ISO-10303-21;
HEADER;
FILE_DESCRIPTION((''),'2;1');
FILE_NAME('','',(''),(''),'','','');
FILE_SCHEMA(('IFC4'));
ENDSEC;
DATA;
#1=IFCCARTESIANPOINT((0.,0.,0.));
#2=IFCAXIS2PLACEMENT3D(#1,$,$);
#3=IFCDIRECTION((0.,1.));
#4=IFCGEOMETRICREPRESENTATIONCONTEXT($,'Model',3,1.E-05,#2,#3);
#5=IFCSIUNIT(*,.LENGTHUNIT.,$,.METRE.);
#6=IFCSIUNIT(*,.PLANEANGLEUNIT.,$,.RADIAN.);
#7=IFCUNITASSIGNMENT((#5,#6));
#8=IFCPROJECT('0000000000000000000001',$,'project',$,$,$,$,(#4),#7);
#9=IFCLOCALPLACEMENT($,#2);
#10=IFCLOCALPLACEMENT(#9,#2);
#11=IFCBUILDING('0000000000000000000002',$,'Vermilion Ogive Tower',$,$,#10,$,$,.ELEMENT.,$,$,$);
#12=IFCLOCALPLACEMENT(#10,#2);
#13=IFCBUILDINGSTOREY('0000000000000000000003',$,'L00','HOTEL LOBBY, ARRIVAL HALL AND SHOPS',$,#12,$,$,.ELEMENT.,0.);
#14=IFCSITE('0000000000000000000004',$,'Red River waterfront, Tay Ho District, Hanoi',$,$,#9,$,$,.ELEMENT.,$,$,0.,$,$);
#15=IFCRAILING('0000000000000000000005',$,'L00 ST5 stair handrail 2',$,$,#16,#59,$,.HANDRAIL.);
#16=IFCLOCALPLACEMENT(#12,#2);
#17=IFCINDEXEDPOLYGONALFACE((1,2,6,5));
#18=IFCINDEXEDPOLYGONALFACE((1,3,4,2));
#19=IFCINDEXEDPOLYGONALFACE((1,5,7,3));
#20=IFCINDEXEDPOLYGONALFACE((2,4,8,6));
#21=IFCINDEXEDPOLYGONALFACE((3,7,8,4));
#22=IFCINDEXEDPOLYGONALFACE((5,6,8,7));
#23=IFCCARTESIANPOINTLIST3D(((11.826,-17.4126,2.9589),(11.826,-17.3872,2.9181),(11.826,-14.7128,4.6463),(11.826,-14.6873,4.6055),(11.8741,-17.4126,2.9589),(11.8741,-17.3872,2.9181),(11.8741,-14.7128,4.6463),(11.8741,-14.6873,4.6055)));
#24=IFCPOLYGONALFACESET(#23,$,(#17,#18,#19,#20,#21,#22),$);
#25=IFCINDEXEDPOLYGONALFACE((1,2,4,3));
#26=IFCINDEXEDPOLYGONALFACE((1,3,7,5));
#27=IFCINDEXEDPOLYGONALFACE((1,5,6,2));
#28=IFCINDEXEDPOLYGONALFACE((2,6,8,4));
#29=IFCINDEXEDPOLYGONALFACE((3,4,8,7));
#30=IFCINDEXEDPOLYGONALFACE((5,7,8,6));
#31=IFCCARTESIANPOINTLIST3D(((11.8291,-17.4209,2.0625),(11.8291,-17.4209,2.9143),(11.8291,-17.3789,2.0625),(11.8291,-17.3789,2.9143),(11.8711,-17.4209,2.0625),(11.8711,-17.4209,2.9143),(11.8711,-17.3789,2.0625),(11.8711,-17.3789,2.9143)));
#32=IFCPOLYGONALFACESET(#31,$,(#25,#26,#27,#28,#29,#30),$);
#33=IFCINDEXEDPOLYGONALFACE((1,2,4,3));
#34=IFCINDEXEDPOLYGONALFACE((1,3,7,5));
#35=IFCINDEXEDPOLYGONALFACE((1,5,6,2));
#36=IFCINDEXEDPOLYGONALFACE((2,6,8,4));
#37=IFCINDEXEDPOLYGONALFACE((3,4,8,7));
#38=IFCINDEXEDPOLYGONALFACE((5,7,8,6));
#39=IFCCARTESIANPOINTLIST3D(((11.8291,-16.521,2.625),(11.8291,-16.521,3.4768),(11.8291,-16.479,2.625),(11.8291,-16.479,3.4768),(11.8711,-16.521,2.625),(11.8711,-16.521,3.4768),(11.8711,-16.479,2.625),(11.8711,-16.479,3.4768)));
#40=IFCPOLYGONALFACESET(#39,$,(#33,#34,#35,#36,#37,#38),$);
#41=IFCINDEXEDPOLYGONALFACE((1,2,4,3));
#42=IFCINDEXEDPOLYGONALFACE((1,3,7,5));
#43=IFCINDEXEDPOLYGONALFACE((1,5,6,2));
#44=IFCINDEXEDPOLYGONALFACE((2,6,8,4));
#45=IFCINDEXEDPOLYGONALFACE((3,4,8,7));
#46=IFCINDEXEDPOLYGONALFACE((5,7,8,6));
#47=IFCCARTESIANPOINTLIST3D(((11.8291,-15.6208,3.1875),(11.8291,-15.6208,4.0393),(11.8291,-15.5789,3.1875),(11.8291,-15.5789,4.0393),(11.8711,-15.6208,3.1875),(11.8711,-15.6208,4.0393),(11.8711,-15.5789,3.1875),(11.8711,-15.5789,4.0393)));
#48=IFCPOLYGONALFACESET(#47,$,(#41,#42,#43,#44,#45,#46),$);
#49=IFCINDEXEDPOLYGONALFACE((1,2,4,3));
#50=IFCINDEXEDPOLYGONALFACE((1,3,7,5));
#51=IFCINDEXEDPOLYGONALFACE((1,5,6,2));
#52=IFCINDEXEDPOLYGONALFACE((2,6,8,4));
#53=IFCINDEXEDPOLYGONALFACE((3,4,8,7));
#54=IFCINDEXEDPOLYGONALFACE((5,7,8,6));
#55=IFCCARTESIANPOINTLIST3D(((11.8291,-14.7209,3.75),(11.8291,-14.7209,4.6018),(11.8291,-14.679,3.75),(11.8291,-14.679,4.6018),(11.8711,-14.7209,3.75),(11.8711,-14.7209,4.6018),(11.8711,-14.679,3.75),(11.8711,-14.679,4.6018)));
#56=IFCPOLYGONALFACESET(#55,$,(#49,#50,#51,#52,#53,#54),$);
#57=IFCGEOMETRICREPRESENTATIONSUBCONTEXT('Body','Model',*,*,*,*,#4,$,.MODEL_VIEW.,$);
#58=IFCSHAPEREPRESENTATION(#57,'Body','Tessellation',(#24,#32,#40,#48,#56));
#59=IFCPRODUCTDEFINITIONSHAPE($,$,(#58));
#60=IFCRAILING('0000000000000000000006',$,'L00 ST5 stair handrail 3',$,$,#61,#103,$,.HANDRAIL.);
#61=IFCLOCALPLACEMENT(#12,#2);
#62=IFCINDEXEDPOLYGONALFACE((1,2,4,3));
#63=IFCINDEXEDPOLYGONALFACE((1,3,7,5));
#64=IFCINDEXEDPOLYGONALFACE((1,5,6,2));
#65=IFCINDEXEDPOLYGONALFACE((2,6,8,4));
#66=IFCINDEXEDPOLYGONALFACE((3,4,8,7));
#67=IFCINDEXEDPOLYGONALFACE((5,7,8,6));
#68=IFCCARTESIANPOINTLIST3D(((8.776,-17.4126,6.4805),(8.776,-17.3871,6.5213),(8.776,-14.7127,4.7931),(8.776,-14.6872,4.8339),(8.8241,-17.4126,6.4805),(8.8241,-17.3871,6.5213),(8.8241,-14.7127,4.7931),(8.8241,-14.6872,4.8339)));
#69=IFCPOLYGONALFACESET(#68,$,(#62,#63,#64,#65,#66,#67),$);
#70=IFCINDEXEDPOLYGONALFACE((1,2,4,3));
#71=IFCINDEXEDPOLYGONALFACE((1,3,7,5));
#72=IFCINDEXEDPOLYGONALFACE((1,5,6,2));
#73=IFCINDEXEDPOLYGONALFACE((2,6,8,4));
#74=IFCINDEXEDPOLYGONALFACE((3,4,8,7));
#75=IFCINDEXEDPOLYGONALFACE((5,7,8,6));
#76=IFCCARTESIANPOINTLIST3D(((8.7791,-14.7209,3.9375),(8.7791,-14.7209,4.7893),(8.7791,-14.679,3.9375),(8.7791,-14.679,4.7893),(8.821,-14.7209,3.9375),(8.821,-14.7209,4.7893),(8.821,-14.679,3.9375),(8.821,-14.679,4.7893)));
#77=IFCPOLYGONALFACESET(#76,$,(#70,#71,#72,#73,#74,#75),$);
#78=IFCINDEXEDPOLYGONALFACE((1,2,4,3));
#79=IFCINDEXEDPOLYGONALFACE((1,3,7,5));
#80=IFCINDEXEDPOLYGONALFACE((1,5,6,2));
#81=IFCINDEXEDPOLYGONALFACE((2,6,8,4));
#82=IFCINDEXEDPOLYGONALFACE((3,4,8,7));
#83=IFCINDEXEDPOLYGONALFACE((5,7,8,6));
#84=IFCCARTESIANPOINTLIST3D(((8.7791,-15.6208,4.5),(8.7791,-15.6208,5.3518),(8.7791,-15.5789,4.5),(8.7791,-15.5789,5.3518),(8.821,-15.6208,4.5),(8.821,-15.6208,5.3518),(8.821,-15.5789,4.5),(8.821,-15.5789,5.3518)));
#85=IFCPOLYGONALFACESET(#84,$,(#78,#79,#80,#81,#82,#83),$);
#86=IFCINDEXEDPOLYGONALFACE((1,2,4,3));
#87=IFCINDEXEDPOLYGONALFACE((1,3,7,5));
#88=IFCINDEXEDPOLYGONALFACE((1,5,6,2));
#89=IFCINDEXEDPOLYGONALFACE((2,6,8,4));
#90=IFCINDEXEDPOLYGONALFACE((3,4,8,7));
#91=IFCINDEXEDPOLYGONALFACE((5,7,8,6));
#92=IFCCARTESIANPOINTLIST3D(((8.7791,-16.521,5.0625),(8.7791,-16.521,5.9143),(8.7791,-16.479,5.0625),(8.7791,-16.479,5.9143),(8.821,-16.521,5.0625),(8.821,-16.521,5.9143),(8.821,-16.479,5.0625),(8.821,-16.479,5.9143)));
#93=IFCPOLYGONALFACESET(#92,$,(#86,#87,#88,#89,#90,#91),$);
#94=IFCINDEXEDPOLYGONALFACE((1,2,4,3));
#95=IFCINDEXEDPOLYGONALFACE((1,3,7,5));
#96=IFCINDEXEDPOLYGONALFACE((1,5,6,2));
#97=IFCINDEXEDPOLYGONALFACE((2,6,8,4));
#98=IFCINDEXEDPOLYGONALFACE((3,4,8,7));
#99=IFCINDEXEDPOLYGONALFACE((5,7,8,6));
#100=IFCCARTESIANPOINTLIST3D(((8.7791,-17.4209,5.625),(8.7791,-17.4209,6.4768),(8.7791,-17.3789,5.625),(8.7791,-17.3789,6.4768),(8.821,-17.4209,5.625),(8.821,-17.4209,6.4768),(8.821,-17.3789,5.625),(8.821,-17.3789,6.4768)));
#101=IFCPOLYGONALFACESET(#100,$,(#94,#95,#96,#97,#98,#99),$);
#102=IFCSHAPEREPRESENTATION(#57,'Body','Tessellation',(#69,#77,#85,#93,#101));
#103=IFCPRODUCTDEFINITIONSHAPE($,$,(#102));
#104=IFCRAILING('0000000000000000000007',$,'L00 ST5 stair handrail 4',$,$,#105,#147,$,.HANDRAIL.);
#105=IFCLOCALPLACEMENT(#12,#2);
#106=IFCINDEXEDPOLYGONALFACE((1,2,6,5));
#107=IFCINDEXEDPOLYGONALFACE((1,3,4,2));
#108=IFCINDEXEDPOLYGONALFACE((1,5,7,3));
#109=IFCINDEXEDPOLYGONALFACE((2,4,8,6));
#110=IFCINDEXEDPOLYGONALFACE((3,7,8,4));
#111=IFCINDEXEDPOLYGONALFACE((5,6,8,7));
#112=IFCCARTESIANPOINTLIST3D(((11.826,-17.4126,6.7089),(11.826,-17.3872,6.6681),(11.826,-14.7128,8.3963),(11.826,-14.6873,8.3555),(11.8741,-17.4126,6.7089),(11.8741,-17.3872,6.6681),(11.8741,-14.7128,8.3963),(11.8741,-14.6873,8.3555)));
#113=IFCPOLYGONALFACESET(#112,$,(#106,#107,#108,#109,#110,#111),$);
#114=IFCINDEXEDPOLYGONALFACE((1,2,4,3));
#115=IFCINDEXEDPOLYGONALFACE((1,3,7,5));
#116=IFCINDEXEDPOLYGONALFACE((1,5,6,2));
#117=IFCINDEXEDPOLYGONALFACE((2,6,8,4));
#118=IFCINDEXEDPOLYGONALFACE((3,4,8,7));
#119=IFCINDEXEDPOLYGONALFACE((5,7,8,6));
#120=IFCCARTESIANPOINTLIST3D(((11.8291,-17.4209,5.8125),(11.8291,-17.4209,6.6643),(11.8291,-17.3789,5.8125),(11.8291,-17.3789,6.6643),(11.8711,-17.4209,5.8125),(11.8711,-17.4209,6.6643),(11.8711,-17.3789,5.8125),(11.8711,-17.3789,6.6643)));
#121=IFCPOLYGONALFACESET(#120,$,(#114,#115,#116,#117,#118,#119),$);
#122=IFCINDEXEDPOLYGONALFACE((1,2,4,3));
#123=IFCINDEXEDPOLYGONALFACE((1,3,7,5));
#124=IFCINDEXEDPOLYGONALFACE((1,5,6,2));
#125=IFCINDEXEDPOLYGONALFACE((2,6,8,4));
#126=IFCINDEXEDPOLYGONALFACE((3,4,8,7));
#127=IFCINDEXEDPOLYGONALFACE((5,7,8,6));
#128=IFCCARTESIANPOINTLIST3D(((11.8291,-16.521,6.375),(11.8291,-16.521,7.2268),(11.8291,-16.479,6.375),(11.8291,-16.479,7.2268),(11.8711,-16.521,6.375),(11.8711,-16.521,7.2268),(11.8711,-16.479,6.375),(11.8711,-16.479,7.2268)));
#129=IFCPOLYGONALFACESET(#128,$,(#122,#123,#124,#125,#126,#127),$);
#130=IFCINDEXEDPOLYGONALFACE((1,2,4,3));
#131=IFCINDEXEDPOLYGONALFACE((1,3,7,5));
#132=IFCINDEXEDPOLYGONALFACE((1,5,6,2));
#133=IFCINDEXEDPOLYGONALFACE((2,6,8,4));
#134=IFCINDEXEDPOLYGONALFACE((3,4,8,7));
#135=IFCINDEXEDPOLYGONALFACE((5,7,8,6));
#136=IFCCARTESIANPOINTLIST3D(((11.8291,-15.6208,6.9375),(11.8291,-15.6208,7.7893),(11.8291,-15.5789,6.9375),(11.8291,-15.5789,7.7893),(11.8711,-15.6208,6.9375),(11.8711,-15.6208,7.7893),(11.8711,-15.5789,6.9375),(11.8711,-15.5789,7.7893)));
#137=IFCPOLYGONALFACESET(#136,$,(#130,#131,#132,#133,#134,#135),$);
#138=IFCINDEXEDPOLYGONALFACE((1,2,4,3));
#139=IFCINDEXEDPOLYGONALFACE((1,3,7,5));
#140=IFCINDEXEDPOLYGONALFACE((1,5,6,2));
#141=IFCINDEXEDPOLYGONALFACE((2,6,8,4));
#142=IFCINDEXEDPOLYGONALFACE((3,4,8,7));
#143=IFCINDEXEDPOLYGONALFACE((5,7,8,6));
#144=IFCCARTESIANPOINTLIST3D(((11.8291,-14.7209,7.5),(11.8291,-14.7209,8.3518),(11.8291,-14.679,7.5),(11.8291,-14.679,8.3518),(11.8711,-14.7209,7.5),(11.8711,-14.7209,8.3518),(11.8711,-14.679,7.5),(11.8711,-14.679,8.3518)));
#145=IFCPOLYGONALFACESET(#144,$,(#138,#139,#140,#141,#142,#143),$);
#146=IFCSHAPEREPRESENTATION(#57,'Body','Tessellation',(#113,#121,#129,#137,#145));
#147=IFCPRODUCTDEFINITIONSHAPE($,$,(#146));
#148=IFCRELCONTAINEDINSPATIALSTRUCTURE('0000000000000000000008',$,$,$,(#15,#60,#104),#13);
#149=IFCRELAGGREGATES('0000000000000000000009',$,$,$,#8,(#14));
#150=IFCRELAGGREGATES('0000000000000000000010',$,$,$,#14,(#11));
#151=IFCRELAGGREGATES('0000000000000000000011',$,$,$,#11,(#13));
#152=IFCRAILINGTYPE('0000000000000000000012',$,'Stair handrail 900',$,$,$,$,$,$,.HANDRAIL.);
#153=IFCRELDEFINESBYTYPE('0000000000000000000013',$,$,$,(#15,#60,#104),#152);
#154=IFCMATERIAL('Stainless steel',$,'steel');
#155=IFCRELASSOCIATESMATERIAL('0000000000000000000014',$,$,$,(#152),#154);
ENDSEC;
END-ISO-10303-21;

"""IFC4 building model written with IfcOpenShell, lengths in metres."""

from ifc_helpers import new_model, si_unit, direction, frame, origin, origin_2d, place, context, subcontext, project, spatial, rectangle, extrude, material, type_object, element, save


model = new_model("IFC4")

# Units and contexts
model_context = context("Model", 3, precision=1e-05, world=origin(), true_north=direction((0.0, 1.0)))
body_context = subcontext(model_context, "Body", "Model", "MODEL_VIEW")
ifc_project = project(units=[si_unit("LENGTHUNIT", "METRE"), si_unit("PLANEANGLEUNIT", "RADIAN")], contexts=[model_context])

# Site, building, storey
site_placement = place(None, origin())
site = spatial("IfcSite", under=ifc_project, at=site_placement, Name="Red River waterfront, Tay Ho District, Hanoi", CompositionType="ELEMENT", RefElevation=0.0)
building_placement = place(site_placement, origin())
building = spatial("IfcBuilding", under=site, at=building_placement, Name="Vermilion Ogive Tower", CompositionType="ELEMENT")
storey_placement = place(building_placement, origin())
storey = spatial("IfcBuildingStorey", under=building, at=storey_placement, Name="L00", Description="HOTEL LOBBY, ARRIVAL HALL AND SHOPS", CompositionType="ELEMENT", Elevation=0.0)

# Railings
ifc_material_1 = material(Name="Stainless steel", Category="steel")
railing_type_1 = type_object("IfcRailingType", Name="Stair handrail 900", PredefinedType="HANDRAIL", material=ifc_material_1)
railing_1_placement = place(storey_placement, frame((11.8501, -17.3999, 2.0625)))
element("IfcRailing", 1, at=railing_1_placement, inside=storey, type_object=railing_type_1, Name="L00 ST5 stair handrail 2", PredefinedType="HANDRAIL", context=body_context, shape_type="SweptSolid", body=[
    extrude(rectangle(XDim=0.0481, YDim=0.0481, at=origin_2d()), frame((0.0, 0.0, 0.876), z_axis=(0.0, 0.847994, 0.530006), x_axis=(-1.0, 0.0, 0.0)), (0.0, 0.0, 1.0), 3.1838),
    extrude(rectangle(XDim=0.042, YDim=0.042, at=origin_2d()), origin(), (0.0, 0.0, 1.0), 0.8518),
    extrude(rectangle(XDim=0.042, YDim=0.042, at=origin_2d()), frame((0.0, 0.8999, 0.5625)), (0.0, 0.0, 1.0), 0.8518),
    extrude(rectangle(XDim=0.042, YDim=0.042, at=origin_2d()), frame((0.0, 1.8, 1.125)), (0.0, 0.0, 1.0), 0.8518),
    extrude(rectangle(XDim=0.042, YDim=0.042, at=origin_2d()), frame((0.0, 2.7, 1.6875)), (0.0, 0.0, 1.0), 0.8518),
])
railing_2_placement = place(storey_placement, frame((8.8, -14.7, 3.9375)))
element("IfcRailing", 2, at=railing_2_placement, inside=storey, type_object=railing_type_1, Name="L00 ST5 stair handrail 3", PredefinedType="HANDRAIL", context=body_context, shape_type="SweptSolid", body=[
    extrude(rectangle(XDim=0.0481, YDim=0.0481, at=origin_2d()), frame((0.0, 0.0, 0.876), z_axis=(0.0, -0.847994, 0.530006), x_axis=(1.0, 0.0, 0.0)), (0.0, 0.0, 1.0), 3.1838),
    extrude(rectangle(XDim=0.042, YDim=0.042, at=origin_2d()), origin(), (0.0, 0.0, 1.0), 0.8518),
    extrude(rectangle(XDim=0.042, YDim=0.042, at=origin_2d()), frame((0.0, -0.8999, 0.5625)), (0.0, 0.0, 1.0), 0.8518),
    extrude(rectangle(XDim=0.042, YDim=0.042, at=origin_2d()), frame((0.0, -1.8, 1.125)), (0.0, 0.0, 1.0), 0.8518),
    extrude(rectangle(XDim=0.042, YDim=0.042, at=origin_2d()), frame((0.0, -2.7, 1.6875)), (0.0, 0.0, 1.0), 0.8518),
])
railing_3_placement = place(storey_placement, frame((11.8501, -17.3999, 5.8125)))
element("IfcRailing", 3, at=railing_3_placement, inside=storey, type_object=railing_type_1, Name="L00 ST5 stair handrail 4", PredefinedType="HANDRAIL", context=body_context, shape_type="SweptSolid", body=[
    extrude(rectangle(XDim=0.0481, YDim=0.0481, at=origin_2d()), frame((0.0, 0.0, 0.876), z_axis=(0.0, 0.847994, 0.530006), x_axis=(-1.0, 0.0, 0.0)), (0.0, 0.0, 1.0), 3.1838),
    extrude(rectangle(XDim=0.042, YDim=0.042, at=origin_2d()), origin(), (0.0, 0.0, 1.0), 0.8518),
    extrude(rectangle(XDim=0.042, YDim=0.042, at=origin_2d()), frame((0.0, 0.8999, 0.5625)), (0.0, 0.0, 1.0), 0.8518),
    extrude(rectangle(XDim=0.042, YDim=0.042, at=origin_2d()), frame((0.0, 1.8, 1.125)), (0.0, 0.0, 1.0), 0.8518),
    extrude(rectangle(XDim=0.042, YDim=0.042, at=origin_2d()), frame((0.0, 2.7, 1.6875)), (0.0, 0.0, 1.0), 0.8518),
])

save(model, "model.ifc")
